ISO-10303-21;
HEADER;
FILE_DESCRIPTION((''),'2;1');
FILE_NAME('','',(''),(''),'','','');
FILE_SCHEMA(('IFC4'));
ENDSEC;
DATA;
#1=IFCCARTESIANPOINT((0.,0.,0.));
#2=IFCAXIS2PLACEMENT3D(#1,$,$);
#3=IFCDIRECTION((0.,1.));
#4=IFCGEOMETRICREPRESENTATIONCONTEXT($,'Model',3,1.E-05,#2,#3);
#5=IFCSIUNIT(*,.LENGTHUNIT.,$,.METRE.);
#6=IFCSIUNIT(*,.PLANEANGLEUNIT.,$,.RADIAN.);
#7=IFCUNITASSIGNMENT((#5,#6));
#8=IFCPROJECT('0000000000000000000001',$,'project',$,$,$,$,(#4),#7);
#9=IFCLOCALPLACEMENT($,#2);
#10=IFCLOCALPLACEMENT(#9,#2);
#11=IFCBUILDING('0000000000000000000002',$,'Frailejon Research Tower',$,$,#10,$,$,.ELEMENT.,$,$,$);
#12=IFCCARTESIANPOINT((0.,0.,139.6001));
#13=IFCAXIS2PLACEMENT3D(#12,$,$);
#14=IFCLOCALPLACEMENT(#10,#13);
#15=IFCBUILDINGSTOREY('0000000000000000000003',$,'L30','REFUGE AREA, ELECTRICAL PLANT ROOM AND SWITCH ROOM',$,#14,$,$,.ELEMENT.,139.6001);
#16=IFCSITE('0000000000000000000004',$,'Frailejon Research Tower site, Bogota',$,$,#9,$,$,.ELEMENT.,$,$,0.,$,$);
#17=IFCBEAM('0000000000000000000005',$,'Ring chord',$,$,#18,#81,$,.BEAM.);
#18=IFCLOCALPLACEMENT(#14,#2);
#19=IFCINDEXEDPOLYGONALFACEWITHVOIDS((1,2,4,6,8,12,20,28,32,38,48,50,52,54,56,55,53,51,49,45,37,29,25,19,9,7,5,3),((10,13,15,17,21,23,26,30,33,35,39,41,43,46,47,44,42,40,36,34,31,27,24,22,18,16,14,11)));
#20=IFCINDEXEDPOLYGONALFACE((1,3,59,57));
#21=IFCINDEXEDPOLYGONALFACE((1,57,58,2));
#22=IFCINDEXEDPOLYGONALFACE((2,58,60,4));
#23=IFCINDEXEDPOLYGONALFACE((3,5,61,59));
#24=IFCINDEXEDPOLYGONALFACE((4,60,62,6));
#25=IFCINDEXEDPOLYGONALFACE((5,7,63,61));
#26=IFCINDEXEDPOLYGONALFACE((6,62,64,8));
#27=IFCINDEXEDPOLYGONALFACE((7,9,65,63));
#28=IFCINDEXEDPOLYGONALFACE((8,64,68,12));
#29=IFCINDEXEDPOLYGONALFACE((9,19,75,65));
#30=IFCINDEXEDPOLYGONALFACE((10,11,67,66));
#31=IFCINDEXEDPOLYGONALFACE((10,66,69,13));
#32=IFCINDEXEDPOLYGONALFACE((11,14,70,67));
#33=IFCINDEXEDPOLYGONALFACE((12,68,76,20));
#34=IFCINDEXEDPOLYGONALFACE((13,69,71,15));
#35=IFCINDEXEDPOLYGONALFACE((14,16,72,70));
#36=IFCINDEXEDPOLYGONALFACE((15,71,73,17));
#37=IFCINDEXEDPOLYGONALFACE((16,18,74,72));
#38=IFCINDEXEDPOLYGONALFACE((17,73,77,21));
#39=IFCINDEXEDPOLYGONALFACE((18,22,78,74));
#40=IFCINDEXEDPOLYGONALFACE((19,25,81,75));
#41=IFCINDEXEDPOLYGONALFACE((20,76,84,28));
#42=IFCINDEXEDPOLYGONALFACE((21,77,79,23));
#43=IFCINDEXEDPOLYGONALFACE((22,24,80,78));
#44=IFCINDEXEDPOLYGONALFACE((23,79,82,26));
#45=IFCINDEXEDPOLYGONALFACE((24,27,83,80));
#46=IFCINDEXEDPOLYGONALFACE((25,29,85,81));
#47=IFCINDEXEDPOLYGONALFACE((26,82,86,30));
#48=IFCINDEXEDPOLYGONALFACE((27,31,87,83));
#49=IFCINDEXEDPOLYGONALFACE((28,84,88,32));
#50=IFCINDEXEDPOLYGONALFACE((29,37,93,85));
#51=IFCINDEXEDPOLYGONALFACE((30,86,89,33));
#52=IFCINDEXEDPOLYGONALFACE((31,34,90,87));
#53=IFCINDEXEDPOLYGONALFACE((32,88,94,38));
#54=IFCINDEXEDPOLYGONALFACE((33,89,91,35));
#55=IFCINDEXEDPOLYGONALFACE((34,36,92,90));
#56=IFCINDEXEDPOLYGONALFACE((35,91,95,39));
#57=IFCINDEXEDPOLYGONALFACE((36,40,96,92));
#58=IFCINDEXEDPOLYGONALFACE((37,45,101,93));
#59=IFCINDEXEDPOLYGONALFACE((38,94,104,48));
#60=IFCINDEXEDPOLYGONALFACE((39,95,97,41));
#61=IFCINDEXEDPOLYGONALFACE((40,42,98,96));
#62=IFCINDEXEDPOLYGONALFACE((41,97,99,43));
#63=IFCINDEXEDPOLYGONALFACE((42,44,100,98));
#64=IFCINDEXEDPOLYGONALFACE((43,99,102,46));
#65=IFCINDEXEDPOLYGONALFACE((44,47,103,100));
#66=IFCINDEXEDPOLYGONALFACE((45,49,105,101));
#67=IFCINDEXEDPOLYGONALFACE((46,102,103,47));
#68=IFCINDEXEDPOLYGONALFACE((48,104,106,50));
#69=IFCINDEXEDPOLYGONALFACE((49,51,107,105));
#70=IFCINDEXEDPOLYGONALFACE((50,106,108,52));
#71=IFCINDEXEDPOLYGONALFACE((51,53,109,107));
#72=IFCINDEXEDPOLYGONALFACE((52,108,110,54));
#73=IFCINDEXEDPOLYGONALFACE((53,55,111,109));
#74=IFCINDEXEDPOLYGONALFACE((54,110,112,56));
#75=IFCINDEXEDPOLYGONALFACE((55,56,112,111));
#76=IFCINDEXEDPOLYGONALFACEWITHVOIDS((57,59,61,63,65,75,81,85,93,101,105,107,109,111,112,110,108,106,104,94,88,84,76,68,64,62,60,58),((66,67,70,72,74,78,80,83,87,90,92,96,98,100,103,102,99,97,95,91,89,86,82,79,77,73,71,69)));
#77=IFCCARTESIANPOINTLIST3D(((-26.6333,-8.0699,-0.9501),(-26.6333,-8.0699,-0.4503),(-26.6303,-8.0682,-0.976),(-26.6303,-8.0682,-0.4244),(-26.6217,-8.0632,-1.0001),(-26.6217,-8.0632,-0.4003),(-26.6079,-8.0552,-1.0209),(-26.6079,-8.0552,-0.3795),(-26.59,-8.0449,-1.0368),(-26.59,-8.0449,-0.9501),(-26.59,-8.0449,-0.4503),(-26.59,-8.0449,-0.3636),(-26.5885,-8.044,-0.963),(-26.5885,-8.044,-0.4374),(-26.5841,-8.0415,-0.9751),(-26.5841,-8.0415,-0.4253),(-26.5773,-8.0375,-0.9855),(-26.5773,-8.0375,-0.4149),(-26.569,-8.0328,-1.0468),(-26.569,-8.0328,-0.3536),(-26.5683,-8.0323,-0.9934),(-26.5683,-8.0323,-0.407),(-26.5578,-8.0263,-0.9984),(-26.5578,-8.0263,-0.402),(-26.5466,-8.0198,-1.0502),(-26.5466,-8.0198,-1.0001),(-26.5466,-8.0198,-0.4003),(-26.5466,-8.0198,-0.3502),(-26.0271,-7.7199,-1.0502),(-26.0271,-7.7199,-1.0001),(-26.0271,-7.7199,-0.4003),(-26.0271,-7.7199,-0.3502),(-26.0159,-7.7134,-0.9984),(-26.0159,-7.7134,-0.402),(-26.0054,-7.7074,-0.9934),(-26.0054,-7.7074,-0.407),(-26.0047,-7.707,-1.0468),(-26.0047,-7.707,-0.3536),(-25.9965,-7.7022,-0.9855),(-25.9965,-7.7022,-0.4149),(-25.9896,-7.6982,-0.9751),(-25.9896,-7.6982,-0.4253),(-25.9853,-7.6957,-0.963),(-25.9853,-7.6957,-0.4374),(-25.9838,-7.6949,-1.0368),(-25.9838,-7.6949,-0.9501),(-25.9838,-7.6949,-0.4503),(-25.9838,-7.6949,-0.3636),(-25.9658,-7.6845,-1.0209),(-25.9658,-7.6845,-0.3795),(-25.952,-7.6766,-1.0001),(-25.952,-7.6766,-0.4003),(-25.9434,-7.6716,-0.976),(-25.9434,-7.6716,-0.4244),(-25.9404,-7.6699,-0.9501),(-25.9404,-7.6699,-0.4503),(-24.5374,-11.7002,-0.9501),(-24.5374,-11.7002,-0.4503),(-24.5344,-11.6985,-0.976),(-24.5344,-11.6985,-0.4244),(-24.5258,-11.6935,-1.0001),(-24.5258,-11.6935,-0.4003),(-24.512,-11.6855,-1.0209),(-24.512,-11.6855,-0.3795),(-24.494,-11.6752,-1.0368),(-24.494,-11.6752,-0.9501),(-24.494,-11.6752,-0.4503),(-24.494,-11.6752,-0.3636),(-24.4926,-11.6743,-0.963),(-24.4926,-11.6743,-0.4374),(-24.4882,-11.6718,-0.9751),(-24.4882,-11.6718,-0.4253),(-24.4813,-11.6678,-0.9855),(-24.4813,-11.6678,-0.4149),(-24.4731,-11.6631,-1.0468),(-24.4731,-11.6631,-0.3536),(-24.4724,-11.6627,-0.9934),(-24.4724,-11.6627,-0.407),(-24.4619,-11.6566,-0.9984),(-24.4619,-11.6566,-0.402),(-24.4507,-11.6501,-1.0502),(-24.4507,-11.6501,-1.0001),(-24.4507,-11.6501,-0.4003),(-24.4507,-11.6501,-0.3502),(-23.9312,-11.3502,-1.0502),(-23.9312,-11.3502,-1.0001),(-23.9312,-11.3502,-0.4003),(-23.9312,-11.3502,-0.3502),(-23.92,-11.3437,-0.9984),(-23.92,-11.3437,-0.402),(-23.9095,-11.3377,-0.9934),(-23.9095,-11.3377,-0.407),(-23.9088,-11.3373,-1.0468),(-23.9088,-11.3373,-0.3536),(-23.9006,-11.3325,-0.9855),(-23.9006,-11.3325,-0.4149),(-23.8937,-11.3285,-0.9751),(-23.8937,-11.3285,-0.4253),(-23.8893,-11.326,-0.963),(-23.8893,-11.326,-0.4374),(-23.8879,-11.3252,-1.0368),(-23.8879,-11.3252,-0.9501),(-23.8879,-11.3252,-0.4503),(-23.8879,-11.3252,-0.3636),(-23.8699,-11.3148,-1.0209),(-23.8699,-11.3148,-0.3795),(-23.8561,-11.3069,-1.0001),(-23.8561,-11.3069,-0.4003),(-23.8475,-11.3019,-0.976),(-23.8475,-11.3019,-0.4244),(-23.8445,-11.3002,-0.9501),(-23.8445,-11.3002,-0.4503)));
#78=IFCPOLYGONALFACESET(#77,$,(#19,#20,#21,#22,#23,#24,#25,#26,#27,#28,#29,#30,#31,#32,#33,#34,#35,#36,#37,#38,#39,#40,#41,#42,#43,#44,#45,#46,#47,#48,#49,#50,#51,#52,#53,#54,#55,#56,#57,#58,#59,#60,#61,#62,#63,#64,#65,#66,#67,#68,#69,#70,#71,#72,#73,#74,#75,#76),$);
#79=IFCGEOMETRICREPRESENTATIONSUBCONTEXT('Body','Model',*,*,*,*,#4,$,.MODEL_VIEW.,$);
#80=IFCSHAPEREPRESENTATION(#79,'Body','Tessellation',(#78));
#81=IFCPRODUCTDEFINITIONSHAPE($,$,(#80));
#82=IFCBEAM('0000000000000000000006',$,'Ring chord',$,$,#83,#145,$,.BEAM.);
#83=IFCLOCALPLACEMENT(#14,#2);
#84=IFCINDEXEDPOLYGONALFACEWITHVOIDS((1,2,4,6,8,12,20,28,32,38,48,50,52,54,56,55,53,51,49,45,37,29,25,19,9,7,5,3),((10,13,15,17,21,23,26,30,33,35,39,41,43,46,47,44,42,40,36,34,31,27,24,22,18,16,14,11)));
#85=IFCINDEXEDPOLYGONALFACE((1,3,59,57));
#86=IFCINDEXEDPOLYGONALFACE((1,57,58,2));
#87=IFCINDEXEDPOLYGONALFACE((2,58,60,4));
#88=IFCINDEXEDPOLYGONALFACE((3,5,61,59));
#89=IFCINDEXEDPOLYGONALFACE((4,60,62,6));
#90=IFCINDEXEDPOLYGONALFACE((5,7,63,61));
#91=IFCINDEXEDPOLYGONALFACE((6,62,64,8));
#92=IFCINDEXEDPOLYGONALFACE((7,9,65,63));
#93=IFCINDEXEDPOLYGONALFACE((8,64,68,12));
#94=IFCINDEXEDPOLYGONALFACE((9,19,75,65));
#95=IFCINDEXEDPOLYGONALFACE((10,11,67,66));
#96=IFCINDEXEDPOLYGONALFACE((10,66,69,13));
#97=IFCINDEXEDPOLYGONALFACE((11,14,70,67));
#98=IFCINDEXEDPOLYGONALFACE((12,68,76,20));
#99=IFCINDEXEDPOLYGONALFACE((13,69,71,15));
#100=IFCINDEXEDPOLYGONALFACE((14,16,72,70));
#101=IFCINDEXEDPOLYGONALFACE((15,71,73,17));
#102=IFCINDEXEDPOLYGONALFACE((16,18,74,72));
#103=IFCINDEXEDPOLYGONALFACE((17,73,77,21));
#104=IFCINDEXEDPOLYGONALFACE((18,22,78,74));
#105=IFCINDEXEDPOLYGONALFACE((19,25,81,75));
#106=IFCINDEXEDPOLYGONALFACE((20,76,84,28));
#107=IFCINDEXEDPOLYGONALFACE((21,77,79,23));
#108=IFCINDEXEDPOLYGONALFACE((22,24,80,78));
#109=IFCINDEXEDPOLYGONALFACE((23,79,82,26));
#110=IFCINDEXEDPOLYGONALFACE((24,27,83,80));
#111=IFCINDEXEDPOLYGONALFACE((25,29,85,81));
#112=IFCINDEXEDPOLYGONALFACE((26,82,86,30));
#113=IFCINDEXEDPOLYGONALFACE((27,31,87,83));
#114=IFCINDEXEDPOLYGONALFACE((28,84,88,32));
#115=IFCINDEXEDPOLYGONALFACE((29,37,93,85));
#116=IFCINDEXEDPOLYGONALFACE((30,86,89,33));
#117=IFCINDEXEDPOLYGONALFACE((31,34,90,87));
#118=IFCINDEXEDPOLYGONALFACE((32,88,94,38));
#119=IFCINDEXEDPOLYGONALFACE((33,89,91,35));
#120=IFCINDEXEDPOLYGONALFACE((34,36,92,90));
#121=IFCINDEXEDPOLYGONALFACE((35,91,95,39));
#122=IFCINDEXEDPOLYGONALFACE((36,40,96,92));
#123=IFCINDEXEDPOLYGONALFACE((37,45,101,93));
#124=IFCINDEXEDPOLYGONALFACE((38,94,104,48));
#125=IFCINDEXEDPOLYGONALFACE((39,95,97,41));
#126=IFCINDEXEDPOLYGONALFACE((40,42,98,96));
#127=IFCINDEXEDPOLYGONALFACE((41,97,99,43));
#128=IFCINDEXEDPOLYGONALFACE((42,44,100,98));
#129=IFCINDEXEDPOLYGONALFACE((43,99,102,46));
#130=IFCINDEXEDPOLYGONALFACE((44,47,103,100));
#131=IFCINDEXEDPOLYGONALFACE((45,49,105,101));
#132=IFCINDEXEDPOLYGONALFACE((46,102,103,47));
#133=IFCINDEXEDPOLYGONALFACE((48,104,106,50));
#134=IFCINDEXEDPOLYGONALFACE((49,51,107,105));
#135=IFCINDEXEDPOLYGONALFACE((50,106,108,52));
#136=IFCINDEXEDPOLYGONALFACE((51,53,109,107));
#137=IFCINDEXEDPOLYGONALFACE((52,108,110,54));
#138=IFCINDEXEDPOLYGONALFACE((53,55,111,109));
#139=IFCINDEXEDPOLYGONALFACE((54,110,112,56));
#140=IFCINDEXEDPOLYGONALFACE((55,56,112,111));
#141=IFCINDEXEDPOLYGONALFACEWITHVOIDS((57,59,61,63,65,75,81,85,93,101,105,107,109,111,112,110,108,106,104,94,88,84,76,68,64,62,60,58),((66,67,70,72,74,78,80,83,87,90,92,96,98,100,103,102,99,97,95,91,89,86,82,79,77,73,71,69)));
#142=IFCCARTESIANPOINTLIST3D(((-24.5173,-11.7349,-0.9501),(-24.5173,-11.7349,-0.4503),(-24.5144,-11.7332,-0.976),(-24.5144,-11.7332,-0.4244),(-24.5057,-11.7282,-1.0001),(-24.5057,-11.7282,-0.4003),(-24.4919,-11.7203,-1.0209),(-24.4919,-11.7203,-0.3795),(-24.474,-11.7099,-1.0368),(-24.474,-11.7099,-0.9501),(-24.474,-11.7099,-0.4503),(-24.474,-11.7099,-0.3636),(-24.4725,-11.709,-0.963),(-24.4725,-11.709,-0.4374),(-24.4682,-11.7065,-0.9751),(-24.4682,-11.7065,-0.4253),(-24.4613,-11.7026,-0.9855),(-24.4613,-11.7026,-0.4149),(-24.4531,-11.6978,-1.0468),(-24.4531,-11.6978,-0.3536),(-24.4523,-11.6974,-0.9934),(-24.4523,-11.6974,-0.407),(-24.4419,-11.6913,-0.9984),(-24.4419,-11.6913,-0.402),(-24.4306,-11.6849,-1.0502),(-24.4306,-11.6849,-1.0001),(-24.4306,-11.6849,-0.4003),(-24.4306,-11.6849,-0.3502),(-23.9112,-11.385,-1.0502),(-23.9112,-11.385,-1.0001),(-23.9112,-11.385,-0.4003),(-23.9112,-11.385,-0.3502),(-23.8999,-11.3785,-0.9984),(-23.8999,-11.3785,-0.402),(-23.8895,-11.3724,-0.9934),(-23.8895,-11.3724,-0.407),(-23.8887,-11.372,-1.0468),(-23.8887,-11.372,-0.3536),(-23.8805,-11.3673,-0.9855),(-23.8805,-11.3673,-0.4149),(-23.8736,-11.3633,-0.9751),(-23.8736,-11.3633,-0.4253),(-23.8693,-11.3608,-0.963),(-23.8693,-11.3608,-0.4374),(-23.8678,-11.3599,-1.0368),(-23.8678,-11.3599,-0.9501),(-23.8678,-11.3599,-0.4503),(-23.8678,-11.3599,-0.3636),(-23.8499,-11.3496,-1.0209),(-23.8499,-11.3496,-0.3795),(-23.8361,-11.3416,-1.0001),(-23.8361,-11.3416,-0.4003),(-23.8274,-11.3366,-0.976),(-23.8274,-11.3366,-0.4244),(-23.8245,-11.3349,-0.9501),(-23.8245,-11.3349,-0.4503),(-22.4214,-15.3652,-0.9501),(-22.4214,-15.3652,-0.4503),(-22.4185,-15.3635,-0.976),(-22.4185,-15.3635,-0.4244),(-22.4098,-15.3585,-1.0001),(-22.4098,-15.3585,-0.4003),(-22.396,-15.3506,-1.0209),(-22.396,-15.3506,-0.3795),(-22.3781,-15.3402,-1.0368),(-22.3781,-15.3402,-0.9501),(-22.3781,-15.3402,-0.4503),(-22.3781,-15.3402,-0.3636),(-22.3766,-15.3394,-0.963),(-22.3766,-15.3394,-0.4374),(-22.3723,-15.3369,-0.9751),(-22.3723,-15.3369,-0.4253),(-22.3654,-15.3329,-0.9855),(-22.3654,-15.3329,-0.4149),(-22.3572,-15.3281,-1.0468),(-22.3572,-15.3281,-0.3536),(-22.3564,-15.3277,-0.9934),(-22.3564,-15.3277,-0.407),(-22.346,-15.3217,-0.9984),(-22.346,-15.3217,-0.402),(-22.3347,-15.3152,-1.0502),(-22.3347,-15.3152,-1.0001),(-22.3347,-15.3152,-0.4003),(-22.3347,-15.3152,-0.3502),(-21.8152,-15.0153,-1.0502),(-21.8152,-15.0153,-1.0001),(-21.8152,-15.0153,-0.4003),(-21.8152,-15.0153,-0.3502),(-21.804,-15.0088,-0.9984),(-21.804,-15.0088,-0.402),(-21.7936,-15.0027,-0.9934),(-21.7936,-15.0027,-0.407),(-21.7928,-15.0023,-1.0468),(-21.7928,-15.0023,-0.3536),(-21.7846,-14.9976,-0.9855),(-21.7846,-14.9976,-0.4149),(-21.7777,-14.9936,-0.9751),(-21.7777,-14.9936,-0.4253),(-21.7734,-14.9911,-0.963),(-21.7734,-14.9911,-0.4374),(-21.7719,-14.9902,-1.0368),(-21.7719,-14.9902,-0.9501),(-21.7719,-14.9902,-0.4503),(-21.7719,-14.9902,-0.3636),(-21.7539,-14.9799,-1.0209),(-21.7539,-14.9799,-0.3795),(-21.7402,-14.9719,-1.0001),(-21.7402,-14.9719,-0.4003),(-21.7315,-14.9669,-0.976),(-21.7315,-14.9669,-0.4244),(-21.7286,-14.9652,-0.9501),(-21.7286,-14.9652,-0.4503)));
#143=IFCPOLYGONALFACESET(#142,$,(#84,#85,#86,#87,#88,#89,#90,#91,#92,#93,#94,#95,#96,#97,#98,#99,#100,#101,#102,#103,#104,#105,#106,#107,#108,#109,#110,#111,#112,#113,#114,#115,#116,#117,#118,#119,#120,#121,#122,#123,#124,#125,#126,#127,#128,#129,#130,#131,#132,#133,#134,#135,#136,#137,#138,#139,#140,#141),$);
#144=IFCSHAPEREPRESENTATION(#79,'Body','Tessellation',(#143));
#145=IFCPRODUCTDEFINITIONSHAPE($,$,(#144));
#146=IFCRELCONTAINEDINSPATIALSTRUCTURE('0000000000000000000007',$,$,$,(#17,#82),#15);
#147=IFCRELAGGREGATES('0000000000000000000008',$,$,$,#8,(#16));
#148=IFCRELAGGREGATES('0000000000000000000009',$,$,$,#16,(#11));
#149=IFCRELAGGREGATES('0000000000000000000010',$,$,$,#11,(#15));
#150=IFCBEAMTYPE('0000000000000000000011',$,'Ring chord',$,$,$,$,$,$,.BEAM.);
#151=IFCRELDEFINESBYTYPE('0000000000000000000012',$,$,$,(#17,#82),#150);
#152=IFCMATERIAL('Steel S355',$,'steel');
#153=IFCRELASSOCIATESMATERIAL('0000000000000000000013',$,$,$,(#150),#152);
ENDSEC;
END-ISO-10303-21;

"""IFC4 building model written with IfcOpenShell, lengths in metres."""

from ifc_helpers import new_model, si_unit, direction, frame, origin, origin_2d, place, context, subcontext, project, spatial, hollow_rectangle, extrude, material, material_profile, profile_set, type_object, element, save


model = new_model("IFC4")

# Units and contexts
model_context = context("Model", 3, precision=1e-05, world=origin(), true_north=direction((0.0, 1.0)))
body_context = subcontext(model_context, "Body", "Model", "MODEL_VIEW")
ifc_project = project(units=[si_unit("LENGTHUNIT", "METRE"), si_unit("PLANEANGLEUNIT", "RADIAN")], contexts=[model_context])

# Site, building, storey
site_placement = place(None, origin())
site = spatial("IfcSite", under=ifc_project, at=site_placement, Name="Frailejon Research Tower site, Bogota", CompositionType="ELEMENT", RefElevation=0.0)
building_placement = place(site_placement, origin())
building = spatial("IfcBuilding", under=site, at=building_placement, Name="Frailejon Research Tower", CompositionType="ELEMENT")
storey_placement = place(building_placement, frame((0.0, 0.0, 139.6001)))
storey = spatial("IfcBuildingStorey", under=building, at=storey_placement, Name="L30", Description="REFUGE AREA, ELECTRICAL PLANT ROOM AND SWITCH ROOM", CompositionType="ELEMENT", Elevation=139.6001)

# Beams
ifc_material_1 = material(Name="Steel S355", Category="steel")
ifc_material_profile_1 = material_profile(ifc_material_1, hollow_rectangle(XDim=0.8, YDim=0.7, WallThickness=0.05, InnerFilletRadius=0.05, OuterFilletRadius=0.1001, at=origin_2d()), Name="Ring chord")
ifc_profile_set_1 = profile_set([ifc_material_profile_1], Name="Steel S355")
beam_type_1 = type_object("IfcBeamType", Name="Ring chord", PredefinedType="BEAM", material=ifc_profile_set_1)
for number, where, z_axis, x_axis, name in (
    (1, (-26.2869, -7.8699, -0.7002), (0.499991, -0.86603, 0.0), (0.86603, 0.499991, 0.0), "Ring chord"),
    (2, (-24.1709, -11.5349, -0.7002), (0.499991, -0.86603, 0.0), (0.86603, 0.499991, 0.0), "Ring chord"),
):
    element("IfcBeam", number, at=place(storey_placement, frame(where, z_axis=z_axis, x_axis=x_axis)), inside=storey, type_object=beam_type_1, Name=name, PredefinedType="BEAM", context=body_context, shape_type="SweptSolid", body=[
        extrude(hollow_rectangle(XDim=0.8, YDim=0.7, WallThickness=0.05, InnerFilletRadius=0.05, OuterFilletRadius=0.1001, at=origin_2d()), origin(), (0.0, 0.0, 1.0), 4.1919),
    ])

save(model, "model.ifc")
